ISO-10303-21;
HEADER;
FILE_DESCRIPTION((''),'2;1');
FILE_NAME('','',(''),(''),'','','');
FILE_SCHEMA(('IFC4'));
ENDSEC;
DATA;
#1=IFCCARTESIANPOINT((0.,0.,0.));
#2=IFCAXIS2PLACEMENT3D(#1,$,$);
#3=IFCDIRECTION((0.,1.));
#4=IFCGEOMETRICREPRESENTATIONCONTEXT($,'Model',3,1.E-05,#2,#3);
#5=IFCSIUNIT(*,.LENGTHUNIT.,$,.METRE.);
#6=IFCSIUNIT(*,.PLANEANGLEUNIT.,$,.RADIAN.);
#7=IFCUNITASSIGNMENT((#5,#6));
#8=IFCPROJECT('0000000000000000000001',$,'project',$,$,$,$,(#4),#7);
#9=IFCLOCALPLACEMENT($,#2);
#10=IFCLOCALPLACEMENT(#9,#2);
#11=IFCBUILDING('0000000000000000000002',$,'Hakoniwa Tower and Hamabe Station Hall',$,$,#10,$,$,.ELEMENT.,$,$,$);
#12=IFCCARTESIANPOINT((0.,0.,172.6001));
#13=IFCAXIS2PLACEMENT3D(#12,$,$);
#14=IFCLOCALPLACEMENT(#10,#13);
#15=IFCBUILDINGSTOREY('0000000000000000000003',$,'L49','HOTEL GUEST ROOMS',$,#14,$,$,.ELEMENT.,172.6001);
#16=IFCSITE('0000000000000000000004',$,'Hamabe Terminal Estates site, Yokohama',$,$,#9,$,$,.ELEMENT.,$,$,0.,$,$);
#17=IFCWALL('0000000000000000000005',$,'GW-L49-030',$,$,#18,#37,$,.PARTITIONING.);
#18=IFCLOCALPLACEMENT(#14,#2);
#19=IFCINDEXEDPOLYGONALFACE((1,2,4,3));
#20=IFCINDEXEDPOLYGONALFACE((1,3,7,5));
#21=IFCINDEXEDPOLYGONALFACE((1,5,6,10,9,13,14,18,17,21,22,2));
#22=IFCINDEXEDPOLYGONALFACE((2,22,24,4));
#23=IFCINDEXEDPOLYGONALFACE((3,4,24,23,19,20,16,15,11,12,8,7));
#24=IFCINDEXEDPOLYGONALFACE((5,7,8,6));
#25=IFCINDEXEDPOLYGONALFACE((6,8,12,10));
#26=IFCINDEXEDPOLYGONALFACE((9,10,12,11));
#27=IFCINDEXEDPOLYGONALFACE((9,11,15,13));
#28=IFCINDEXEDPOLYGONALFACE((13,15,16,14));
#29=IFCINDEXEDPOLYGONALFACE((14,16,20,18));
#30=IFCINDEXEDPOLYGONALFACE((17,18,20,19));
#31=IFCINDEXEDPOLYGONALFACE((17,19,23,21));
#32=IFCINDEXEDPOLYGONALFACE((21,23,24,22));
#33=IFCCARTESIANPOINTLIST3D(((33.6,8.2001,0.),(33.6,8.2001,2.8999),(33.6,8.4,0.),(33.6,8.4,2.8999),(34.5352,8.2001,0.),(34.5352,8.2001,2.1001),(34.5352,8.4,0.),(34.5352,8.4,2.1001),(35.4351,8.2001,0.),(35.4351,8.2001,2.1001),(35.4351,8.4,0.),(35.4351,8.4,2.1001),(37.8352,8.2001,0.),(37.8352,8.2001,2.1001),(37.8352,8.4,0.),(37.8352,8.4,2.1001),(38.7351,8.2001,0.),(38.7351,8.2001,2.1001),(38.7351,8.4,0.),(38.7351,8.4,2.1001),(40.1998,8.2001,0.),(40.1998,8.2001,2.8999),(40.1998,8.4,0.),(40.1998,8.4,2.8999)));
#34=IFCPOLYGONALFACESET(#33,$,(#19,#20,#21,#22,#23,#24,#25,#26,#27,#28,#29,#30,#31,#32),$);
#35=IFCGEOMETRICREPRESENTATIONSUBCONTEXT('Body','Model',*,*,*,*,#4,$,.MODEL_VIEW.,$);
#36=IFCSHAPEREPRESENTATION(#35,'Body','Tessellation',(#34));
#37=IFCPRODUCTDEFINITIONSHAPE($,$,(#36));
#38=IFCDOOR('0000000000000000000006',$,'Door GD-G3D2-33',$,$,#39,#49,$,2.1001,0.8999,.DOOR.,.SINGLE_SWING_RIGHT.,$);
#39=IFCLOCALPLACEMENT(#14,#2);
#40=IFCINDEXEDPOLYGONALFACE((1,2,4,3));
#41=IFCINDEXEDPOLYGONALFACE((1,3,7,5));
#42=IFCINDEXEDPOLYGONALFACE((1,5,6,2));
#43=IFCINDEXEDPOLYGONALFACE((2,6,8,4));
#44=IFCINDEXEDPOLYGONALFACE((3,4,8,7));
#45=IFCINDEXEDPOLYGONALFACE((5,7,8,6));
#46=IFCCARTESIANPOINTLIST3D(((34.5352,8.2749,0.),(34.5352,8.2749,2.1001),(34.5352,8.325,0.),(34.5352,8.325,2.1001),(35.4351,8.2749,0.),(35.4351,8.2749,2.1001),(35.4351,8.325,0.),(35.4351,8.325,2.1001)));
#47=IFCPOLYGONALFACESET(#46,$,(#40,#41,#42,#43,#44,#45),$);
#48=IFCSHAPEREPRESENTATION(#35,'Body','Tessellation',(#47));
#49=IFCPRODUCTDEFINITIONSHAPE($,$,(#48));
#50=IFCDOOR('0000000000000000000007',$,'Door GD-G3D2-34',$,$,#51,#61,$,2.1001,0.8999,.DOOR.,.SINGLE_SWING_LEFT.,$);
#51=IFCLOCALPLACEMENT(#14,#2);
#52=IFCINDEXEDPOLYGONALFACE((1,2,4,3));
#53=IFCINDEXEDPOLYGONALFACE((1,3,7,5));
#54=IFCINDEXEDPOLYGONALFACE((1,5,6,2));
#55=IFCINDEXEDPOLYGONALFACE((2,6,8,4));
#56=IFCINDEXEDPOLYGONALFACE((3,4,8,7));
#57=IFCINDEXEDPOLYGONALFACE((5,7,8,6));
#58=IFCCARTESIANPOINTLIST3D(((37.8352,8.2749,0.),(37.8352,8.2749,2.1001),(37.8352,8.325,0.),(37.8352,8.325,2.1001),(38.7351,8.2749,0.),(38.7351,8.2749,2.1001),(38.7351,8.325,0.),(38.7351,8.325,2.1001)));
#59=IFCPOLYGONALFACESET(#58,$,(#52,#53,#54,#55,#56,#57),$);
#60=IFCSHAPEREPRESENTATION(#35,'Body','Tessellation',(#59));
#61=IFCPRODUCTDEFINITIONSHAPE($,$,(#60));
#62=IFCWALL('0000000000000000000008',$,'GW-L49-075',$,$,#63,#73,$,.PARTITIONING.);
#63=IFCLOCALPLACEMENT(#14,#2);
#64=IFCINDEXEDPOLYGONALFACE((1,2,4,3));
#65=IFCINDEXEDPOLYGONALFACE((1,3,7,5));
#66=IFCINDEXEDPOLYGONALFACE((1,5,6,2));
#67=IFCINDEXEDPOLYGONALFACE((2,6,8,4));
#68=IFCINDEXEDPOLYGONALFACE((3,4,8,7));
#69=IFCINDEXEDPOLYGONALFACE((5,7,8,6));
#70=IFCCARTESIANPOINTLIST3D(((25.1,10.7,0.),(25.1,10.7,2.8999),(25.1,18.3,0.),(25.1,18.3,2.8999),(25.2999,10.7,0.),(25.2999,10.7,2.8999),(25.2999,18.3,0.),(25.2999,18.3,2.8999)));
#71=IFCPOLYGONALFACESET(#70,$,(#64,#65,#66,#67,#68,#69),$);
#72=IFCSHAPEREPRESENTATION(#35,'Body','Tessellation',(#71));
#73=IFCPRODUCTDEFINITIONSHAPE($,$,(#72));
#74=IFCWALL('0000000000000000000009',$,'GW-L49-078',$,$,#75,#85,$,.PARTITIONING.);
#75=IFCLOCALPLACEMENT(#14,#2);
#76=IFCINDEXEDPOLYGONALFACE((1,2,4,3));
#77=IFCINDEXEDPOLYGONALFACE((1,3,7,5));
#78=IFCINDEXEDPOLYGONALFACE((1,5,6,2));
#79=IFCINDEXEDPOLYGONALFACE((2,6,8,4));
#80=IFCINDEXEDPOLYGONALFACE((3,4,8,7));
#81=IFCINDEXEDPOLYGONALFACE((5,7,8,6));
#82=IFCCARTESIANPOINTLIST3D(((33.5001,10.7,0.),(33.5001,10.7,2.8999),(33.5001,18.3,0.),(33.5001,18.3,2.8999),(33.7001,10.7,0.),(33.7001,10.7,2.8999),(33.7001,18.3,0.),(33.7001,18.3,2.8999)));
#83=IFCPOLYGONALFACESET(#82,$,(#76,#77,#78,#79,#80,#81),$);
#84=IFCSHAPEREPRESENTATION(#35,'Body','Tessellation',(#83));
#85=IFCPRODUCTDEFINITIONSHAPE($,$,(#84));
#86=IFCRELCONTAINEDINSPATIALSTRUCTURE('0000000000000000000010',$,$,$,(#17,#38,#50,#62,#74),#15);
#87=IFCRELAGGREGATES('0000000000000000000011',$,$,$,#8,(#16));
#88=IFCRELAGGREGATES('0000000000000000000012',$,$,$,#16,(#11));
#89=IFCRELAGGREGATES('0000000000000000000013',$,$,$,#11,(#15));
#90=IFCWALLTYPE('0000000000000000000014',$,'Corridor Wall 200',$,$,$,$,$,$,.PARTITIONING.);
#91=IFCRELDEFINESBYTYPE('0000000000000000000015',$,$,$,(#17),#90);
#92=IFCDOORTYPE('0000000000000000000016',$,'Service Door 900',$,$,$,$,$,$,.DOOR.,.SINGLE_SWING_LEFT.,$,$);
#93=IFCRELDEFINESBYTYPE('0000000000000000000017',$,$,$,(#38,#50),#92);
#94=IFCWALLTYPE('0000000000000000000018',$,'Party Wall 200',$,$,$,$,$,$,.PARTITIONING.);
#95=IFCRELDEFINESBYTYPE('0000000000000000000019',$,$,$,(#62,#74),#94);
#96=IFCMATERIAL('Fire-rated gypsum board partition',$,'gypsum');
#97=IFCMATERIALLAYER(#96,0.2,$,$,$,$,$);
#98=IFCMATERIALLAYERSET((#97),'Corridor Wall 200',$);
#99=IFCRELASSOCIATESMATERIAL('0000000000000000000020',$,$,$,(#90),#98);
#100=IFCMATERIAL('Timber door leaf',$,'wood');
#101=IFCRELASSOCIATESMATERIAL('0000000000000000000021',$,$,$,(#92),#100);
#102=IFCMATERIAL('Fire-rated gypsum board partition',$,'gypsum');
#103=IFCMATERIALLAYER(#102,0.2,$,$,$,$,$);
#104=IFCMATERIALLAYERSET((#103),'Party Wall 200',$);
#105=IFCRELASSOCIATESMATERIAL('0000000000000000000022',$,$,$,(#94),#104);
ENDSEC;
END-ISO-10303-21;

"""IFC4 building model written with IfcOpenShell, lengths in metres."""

from ifc_helpers import new_model, si_unit, direction, frame, frame_2d, origin, place, context, subcontext, project, spatial, rectangle, extrude, material, layer, layer_set, type_object, element, fill, save


model = new_model("IFC4")

# Units and contexts
model_context = context("Model", 3, precision=1e-05, world=origin(), true_north=direction((0.0, 1.0)))
body_context = subcontext(model_context, "Body", "Model", "MODEL_VIEW")
ifc_project = project(units=[si_unit("LENGTHUNIT", "METRE"), si_unit("PLANEANGLEUNIT", "RADIAN")], contexts=[model_context])

# Site, building, storey
site_placement = place(None, origin())
site = spatial("IfcSite", under=ifc_project, at=site_placement, Name="Hamabe Terminal Estates site, Yokohama", CompositionType="ELEMENT", RefElevation=0.0)
building_placement = place(site_placement, origin())
building = spatial("IfcBuilding", under=site, at=building_placement, Name="Hakoniwa Tower and Hamabe Station Hall", CompositionType="ELEMENT")
storey_placement = place(building_placement, frame((0.0, 0.0, 172.6001)))
storey = spatial("IfcBuildingStorey", under=building, at=storey_placement, Name="L49", Description="HOTEL GUEST ROOMS", CompositionType="ELEMENT", Elevation=172.6001)

# Wall, openings, doors
ifc_material_1 = material(Name="Fire-rated gypsum board partition", Category="gypsum")
ifc_layer_1 = layer(ifc_material_1, 0.2)
ifc_layer_set_1 = layer_set([ifc_layer_1], Name="Corridor Wall 200")
wall_type_1 = type_object("IfcWallType", Name="Corridor Wall 200", PredefinedType="PARTITIONING", material=ifc_layer_set_1)
wall_1_placement = place(storey_placement, frame((33.6001, 8.3, 0.0), z_axis=(0.0, 0.0, 1.0), x_axis=(1.0, 0.0, 0.0)))
wall_1 = element("IfcWall", 1, at=wall_1_placement, inside=storey, type_object=wall_type_1, Name="GW-L49-030", PredefinedType="PARTITIONING", context=body_context, shape_type="SweptSolid", body=[
    extrude(rectangle(XDim=6.5999, YDim=0.2, at=frame_2d((3.2998, 0.0))), origin(), (0.0, 0.0, 1.0), 2.8999),
])
opening_1_placement = place(wall_1_placement, frame((0.9351, 0.0, 0.0)))
opening_1 = element("IfcOpeningElement", 2, at=opening_1_placement, cuts=wall_1, PredefinedType="OPENING", context=body_context, shape_type="SweptSolid", body=[
    extrude(rectangle(XDim=0.8999, YDim=2.1001, at=frame_2d((0.45, 1.05))), frame((0.0, 0.1099, 0.0), z_axis=(0.0, -1.0, 0.0), x_axis=(1.0, 0.0, 0.0)), (0.0, 0.0, 1.0), 0.22),
])
opening_2_placement = place(wall_1_placement, frame((4.2351, 0.0, 0.0)))
opening_2 = element("IfcOpeningElement", 3, at=opening_2_placement, cuts=wall_1, PredefinedType="OPENING", context=body_context, shape_type="SweptSolid", body=[
    extrude(rectangle(XDim=0.8999, YDim=2.1001, at=frame_2d((0.45, 1.05))), frame((0.0, 0.1099, 0.0), z_axis=(0.0, -1.0, 0.0), x_axis=(1.0, 0.0, 0.0)), (0.0, 0.0, 1.0), 0.22),
])
ifc_material_2 = material(Name="Timber door leaf", Category="wood")
door_type = type_object("IfcDoorType", Name="Service Door 900", OperationType="SINGLE_SWING_LEFT", PredefinedType="DOOR", material=ifc_material_2)
door_1_placement = place(opening_1_placement, origin())
door_1 = element("IfcDoor", 4, at=door_1_placement, inside=storey, type_object=door_type, Name="Door GD-G3D2-33", OperationType="SINGLE_SWING_RIGHT", OverallHeight=2.1001, OverallWidth=0.8999, PredefinedType="DOOR", context=body_context, shape_type="SweptSolid", body=[
    extrude(rectangle(XDim=0.8999, YDim=2.1001, at=frame_2d((0.45, 1.05))), frame((0.0, 0.0249, 0.0), z_axis=(0.0, -1.0, 0.0), x_axis=(1.0, 0.0, 0.0)), (0.0, 0.0, 1.0), 0.05),
])
fill(opening_1, door_1)
door_2_placement = place(opening_2_placement, origin())
door_2 = element("IfcDoor", 5, at=door_2_placement, inside=storey, type_object=door_type, Name="Door GD-G3D2-34", OperationType="SINGLE_SWING_LEFT", OverallHeight=2.1001, OverallWidth=0.8999, PredefinedType="DOOR", context=body_context, shape_type="SweptSolid", body=[
    extrude(rectangle(XDim=0.8999, YDim=2.1001, at=frame_2d((0.45, 1.05))), frame((0.0, 0.0249, 0.0), z_axis=(0.0, -1.0, 0.0), x_axis=(1.0, 0.0, 0.0)), (0.0, 0.0, 1.0), 0.05),
])
fill(opening_2, door_2)

# Walls
ifc_material_3 = material(Name="Fire-rated gypsum board partition", Category="gypsum")
ifc_layer_2 = layer(ifc_material_3, 0.2)
ifc_layer_set_2 = layer_set([ifc_layer_2], Name="Party Wall 200")
wall_type_2 = type_object("IfcWallType", Name="Party Wall 200", PredefinedType="PARTITIONING", material=ifc_layer_set_2)
for number, where, z_axis, x_axis, name in (
    (6, (25.2, 10.7, 0.0), (0.0, 0.0, 1.0), (0.0, 1.0, 0.0), "GW-L49-075"),
    (7, (33.6001, 10.7, 0.0), (0.0, 0.0, 1.0), (0.0, 1.0, 0.0), "GW-L49-078"),
):
    element("IfcWall", number, at=place(storey_placement, frame(where, z_axis=z_axis, x_axis=x_axis)), inside=storey, type_object=wall_type_2, Name=name, PredefinedType="PARTITIONING", context=body_context, shape_type="SweptSolid", body=[
        extrude(rectangle(XDim=7.6001, YDim=0.2, at=frame_2d((3.8, 0.0))), origin(), (0.0, 0.0, 1.0), 2.8999),
    ])

save(model, "model.ifc")
